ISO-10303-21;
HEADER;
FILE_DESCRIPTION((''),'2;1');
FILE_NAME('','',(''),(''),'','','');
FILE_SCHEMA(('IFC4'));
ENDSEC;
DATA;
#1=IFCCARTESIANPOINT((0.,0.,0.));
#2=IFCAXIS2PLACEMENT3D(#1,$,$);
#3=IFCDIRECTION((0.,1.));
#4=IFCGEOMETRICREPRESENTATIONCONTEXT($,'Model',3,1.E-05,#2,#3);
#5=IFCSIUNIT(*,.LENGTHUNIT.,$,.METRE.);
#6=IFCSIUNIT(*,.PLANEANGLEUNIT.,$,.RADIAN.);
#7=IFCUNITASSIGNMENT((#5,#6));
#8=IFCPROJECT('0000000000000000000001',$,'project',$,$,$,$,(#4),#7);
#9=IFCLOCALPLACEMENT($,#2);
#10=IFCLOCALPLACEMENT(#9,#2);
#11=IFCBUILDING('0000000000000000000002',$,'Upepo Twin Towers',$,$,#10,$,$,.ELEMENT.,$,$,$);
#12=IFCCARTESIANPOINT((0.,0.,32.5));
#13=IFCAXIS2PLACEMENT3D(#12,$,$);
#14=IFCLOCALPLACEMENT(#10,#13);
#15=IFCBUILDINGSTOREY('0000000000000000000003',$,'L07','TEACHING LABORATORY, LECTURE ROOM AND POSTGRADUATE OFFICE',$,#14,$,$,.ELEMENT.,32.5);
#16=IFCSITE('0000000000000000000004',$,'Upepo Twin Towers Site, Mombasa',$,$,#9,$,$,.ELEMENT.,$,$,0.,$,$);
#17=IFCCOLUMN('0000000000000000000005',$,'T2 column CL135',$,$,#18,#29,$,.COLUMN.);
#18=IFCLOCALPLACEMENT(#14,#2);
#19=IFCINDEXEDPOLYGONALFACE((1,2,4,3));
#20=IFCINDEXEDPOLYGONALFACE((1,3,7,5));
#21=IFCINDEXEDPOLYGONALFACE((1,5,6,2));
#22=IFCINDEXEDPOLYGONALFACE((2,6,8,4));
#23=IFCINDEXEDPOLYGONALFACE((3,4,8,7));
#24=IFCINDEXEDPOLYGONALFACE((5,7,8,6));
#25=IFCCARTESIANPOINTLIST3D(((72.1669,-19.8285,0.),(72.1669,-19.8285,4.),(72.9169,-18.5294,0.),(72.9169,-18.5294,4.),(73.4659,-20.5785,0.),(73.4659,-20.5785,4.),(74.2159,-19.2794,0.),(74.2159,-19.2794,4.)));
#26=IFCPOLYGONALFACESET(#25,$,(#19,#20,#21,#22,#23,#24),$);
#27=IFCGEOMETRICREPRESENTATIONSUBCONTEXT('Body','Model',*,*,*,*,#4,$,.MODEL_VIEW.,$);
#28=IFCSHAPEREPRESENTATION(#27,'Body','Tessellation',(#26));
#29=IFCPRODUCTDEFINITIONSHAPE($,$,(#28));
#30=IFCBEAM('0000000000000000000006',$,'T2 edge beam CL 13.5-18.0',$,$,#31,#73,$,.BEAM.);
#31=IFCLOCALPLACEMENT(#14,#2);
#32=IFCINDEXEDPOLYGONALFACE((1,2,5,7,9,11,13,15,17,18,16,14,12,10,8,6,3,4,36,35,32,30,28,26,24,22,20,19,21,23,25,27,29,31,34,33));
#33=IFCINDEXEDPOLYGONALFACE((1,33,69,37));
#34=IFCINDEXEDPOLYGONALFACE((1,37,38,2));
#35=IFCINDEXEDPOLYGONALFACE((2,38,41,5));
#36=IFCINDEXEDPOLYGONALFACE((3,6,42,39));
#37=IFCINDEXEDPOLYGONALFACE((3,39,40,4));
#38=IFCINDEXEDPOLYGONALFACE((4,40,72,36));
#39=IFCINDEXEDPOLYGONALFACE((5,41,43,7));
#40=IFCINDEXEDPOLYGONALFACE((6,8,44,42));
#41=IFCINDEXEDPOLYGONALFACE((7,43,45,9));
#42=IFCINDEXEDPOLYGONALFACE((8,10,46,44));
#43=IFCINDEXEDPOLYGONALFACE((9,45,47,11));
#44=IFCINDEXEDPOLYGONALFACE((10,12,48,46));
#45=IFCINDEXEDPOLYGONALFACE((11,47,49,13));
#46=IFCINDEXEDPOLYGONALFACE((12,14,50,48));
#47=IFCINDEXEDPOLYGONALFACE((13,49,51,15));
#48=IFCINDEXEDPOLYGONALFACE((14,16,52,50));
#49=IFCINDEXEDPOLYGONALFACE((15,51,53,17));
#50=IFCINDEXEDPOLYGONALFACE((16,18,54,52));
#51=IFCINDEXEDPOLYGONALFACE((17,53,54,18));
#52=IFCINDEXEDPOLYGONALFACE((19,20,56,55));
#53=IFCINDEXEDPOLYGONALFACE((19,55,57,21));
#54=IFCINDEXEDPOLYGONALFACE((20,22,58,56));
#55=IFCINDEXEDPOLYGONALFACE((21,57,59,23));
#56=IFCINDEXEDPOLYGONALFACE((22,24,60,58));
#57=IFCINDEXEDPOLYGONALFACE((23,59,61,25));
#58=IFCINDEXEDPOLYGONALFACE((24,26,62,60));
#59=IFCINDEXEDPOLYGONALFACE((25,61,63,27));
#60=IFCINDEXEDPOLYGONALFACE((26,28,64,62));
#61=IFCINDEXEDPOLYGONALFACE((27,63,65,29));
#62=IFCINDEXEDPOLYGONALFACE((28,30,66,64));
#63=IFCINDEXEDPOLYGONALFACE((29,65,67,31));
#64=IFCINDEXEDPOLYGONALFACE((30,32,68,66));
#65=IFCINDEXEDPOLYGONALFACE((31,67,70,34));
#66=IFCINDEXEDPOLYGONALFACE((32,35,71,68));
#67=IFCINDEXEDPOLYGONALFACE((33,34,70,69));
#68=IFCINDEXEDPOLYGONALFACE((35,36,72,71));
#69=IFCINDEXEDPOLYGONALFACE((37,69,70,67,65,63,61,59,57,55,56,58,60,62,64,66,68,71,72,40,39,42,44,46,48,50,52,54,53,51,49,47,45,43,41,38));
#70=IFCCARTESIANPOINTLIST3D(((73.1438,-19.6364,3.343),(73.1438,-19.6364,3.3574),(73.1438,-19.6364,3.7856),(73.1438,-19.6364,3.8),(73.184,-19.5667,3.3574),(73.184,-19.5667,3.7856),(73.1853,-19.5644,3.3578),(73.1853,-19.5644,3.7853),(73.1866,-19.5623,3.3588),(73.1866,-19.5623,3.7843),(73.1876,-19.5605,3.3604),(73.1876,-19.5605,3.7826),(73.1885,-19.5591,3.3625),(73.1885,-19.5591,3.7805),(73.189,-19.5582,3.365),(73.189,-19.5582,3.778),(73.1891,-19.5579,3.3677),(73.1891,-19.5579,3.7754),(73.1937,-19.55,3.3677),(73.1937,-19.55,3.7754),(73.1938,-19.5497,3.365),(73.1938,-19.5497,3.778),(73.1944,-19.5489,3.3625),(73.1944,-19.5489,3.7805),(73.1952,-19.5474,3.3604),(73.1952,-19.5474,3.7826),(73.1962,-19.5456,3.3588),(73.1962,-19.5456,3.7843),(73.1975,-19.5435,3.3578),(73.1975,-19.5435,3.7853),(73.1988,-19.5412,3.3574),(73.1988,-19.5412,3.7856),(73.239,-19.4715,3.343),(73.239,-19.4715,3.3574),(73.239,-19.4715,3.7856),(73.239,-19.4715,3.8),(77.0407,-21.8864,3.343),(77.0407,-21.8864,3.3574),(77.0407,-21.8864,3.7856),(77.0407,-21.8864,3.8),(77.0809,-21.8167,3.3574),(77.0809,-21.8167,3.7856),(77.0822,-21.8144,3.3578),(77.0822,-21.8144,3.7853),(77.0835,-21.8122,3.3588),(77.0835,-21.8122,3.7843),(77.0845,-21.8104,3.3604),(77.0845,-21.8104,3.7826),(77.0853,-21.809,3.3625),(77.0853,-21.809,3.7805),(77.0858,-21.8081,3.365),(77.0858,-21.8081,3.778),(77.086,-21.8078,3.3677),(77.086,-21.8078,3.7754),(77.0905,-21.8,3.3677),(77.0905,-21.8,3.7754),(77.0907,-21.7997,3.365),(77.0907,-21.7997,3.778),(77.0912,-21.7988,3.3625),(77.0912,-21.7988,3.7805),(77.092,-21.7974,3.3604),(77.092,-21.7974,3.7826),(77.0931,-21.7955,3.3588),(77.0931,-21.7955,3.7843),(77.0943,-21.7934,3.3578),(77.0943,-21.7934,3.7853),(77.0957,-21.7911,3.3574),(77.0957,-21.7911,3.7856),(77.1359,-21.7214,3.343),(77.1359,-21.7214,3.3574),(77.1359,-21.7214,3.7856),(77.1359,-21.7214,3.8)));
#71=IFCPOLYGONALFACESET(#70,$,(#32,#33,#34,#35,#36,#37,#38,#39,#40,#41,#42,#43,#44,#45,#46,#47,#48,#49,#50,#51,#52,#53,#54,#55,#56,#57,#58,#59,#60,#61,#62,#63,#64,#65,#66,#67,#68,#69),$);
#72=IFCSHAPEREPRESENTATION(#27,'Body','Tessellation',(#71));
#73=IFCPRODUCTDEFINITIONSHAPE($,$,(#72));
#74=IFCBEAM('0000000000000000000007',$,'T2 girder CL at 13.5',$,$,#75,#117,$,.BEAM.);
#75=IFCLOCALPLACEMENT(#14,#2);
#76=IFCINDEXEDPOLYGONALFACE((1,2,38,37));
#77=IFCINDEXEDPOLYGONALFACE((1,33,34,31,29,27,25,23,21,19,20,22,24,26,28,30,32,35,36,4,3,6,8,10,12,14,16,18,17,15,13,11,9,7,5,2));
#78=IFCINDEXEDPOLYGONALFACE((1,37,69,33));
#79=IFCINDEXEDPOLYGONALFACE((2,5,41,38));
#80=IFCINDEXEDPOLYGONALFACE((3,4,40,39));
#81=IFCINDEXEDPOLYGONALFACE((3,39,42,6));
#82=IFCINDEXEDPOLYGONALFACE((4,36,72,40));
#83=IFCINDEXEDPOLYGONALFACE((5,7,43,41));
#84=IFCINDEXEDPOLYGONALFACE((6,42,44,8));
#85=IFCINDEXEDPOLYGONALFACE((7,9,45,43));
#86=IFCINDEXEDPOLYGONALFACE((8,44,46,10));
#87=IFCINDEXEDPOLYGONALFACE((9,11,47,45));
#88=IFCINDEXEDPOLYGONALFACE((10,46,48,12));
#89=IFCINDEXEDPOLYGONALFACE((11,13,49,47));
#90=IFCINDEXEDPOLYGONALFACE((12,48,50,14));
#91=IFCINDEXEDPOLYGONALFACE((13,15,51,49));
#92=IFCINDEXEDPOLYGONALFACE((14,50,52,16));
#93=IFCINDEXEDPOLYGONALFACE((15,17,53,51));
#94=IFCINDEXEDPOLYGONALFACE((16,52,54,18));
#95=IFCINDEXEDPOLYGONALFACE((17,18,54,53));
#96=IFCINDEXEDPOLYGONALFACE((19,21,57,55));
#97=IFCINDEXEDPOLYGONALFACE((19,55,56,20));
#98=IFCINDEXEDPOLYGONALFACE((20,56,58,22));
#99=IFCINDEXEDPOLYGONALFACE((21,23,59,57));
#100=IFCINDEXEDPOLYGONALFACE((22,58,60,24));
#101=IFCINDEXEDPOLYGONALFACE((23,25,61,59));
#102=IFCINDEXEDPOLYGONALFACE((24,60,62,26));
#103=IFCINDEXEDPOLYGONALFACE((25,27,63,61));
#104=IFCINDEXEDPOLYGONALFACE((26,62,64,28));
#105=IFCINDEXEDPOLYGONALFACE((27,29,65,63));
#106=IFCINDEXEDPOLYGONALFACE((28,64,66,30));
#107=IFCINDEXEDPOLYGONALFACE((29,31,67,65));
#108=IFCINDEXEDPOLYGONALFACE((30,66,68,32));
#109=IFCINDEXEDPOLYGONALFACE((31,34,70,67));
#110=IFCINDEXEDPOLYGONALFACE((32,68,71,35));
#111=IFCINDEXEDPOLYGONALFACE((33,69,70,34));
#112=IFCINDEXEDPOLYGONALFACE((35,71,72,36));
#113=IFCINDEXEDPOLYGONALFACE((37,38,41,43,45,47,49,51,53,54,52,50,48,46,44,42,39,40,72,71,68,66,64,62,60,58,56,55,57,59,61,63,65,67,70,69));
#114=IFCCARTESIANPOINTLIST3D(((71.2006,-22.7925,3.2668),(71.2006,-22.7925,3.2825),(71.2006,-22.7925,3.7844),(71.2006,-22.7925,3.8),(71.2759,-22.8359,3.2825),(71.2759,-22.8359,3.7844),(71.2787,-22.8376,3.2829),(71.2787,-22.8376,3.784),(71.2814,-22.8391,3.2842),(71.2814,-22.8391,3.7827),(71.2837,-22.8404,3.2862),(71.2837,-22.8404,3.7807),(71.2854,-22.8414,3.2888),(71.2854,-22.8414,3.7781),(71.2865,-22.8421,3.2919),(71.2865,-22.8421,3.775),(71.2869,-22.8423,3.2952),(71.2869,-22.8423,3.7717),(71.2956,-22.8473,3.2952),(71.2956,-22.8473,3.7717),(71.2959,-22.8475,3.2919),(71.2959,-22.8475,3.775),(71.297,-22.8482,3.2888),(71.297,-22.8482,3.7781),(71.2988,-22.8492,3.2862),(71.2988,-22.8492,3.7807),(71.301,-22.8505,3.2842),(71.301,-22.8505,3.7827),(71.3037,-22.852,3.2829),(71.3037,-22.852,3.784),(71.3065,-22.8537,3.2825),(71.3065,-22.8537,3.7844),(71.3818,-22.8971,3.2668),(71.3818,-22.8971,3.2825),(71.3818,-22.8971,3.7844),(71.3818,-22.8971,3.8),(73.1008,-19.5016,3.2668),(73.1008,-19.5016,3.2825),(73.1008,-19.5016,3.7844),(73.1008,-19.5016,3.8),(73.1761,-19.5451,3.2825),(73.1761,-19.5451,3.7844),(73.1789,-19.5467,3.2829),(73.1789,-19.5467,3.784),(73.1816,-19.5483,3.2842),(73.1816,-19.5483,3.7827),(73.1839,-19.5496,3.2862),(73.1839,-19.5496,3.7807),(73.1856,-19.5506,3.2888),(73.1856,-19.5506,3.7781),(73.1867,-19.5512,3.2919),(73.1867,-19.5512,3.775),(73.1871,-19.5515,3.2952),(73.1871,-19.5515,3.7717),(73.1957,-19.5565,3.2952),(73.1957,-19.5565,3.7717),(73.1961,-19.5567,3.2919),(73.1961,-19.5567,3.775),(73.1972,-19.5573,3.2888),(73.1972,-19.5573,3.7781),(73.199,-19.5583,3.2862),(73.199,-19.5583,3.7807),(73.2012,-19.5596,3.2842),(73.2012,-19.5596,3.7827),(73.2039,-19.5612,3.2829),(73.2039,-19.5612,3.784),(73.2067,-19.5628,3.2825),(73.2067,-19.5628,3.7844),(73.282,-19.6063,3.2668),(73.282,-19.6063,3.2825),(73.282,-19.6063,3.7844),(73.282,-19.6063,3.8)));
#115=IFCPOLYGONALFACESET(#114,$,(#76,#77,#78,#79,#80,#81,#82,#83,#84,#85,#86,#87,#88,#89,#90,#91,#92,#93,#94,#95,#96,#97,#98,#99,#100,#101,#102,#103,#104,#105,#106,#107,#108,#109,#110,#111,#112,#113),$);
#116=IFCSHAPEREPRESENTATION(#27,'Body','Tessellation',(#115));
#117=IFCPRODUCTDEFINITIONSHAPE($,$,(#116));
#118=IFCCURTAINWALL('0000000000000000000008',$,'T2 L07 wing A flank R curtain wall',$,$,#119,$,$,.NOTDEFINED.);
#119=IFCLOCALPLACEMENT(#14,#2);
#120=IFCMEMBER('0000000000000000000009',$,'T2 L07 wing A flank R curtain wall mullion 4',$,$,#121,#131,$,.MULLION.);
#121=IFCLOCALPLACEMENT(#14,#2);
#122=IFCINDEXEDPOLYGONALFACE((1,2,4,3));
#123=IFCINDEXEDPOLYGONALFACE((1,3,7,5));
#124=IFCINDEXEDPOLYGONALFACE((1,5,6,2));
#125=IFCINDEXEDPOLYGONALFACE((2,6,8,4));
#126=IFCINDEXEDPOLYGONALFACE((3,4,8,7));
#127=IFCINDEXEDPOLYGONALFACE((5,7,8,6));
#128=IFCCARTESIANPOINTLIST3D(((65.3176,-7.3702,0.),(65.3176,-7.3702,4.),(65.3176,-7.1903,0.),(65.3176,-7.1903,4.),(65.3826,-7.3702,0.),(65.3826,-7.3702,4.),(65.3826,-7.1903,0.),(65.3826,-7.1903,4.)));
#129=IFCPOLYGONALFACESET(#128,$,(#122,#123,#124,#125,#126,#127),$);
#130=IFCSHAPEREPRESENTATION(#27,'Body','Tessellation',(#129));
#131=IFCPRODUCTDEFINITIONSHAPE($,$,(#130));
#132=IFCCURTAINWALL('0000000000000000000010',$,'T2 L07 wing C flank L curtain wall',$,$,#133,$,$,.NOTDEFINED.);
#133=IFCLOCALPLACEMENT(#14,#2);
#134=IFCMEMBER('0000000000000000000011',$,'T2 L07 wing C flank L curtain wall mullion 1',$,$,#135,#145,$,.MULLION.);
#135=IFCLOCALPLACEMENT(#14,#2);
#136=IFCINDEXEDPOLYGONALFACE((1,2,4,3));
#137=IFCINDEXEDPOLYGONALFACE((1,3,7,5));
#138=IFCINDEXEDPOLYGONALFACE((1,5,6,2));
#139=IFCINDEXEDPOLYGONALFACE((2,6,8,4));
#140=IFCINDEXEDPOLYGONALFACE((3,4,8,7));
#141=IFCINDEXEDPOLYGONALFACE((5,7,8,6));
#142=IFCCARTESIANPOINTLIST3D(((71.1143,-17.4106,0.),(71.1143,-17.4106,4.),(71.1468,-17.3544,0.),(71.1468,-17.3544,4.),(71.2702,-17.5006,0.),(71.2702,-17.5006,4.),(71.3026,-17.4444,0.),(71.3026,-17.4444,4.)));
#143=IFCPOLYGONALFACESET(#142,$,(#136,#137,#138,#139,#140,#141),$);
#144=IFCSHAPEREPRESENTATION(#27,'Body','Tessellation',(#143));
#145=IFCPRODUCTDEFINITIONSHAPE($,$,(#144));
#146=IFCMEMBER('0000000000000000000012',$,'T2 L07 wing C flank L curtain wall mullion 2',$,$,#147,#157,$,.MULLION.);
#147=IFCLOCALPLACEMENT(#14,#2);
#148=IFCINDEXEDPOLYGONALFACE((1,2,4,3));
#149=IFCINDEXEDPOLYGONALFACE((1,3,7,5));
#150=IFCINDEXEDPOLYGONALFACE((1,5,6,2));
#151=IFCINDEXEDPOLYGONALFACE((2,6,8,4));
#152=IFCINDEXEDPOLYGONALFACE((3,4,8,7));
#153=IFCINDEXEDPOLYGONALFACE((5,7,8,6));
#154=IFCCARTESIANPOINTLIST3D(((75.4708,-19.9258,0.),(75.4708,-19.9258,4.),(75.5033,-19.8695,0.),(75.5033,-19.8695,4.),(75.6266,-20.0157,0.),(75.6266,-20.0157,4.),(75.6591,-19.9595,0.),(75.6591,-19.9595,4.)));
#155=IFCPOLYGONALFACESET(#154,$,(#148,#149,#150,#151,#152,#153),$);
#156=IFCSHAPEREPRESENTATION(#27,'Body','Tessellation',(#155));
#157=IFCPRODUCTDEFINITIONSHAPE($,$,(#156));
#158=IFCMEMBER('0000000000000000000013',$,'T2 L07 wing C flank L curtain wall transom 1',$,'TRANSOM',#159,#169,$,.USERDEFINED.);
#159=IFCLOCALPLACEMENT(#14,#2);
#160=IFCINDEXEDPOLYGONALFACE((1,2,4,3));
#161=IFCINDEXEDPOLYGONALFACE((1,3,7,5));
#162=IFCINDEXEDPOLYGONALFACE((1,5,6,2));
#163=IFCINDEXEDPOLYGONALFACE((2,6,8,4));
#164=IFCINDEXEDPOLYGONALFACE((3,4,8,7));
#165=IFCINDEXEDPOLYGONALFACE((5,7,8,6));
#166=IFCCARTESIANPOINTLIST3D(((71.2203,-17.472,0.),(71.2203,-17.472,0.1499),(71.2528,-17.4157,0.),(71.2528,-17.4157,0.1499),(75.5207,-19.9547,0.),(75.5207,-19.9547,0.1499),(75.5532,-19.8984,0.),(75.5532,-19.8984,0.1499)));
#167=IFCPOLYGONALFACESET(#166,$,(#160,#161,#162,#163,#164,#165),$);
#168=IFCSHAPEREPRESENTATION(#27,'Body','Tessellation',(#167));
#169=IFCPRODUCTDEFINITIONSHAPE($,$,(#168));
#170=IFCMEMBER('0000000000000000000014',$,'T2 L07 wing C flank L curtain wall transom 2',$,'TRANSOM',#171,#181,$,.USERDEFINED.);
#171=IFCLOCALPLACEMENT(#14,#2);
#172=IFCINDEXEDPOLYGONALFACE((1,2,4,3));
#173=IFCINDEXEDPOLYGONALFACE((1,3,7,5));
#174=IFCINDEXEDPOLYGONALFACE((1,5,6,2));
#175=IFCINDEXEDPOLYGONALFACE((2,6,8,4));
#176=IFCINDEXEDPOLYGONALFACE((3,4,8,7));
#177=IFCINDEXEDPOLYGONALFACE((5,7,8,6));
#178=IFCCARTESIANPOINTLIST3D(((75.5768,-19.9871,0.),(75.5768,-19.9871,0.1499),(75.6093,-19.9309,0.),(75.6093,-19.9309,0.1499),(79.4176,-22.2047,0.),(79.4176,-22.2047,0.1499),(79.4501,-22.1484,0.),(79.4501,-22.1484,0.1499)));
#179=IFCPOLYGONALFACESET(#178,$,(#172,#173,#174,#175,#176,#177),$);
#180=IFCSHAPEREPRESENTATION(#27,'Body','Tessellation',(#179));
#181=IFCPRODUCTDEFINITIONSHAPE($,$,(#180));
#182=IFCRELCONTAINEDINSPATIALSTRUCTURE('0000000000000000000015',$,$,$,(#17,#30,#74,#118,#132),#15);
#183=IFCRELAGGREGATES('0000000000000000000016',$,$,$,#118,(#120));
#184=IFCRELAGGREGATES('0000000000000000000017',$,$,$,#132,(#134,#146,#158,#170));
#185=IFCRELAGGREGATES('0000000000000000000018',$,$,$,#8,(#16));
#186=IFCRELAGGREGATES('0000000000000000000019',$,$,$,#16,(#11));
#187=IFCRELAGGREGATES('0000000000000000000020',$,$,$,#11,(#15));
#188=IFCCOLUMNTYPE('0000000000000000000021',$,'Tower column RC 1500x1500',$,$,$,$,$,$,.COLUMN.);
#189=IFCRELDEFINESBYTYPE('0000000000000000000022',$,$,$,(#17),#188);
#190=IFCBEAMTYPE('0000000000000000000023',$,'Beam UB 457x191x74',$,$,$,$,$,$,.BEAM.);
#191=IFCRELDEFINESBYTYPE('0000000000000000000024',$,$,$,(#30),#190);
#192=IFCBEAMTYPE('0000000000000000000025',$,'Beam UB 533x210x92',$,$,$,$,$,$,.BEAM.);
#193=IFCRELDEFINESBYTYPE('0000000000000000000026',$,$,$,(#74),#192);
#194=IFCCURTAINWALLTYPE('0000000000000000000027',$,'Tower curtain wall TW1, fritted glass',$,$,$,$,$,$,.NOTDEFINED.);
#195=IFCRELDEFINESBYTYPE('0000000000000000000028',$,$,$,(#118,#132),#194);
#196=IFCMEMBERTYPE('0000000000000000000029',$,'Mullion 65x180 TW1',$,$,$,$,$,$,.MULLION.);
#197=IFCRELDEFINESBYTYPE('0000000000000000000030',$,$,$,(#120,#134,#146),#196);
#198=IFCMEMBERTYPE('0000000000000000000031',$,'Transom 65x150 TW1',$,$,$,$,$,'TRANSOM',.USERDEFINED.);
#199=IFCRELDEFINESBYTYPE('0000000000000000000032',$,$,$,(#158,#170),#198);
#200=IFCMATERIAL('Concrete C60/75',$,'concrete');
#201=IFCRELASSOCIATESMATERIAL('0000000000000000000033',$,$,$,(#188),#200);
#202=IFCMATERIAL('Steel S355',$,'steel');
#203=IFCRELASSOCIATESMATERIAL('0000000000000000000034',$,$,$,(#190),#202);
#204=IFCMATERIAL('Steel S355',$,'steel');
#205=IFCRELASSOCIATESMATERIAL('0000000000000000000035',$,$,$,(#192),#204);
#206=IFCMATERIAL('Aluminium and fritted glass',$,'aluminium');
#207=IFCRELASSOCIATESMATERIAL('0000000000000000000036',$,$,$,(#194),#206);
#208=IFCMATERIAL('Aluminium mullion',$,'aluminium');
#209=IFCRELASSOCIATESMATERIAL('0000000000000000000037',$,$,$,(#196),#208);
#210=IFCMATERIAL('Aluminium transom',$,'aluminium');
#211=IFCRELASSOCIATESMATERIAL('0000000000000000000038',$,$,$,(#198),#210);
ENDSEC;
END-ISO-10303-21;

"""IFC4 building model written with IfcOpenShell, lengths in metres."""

from ifc_helpers import new_model, si_unit, direction, frame, origin, origin_2d, place, context, subcontext, project, spatial, rectangle, i_section, extrude, material, material_profile, profile_set, type_object, element, aggregate, save


model = new_model("IFC4")

# Units and contexts
model_context = context("Model", 3, precision=1e-05, world=origin(), true_north=direction((0.0, 1.0)))
body_context = subcontext(model_context, "Body", "Model", "MODEL_VIEW")
ifc_project = project(units=[si_unit("LENGTHUNIT", "METRE"), si_unit("PLANEANGLEUNIT", "RADIAN")], contexts=[model_context])

# Site, building, storey
site_placement = place(None, origin())
site = spatial("IfcSite", under=ifc_project, at=site_placement, Name="Upepo Twin Towers Site, Mombasa", CompositionType="ELEMENT", RefElevation=0.0)
building_placement = place(site_placement, origin())
building = spatial("IfcBuilding", under=site, at=building_placement, Name="Upepo Twin Towers", CompositionType="ELEMENT")
storey_placement = place(building_placement, frame((0.0, 0.0, 32.5)))
storey = spatial("IfcBuildingStorey", under=building, at=storey_placement, Name="L07", Description="TEACHING LABORATORY, LECTURE ROOM AND POSTGRADUATE OFFICE", CompositionType="ELEMENT", Elevation=32.5)

# Column
ifc_material_1 = material(Name="Concrete C60/75", Category="concrete")
ifc_material_profile_1 = material_profile(ifc_material_1, rectangle(XDim=1.5, YDim=1.5, at=origin_2d()), Name="RC 1500x1500")
ifc_profile_set_1 = profile_set([ifc_material_profile_1], Name="Concrete C60/75")
column_type = type_object("IfcColumnType", Name="Tower column RC 1500x1500", PredefinedType="COLUMN", material=ifc_profile_set_1)
column_placement = place(storey_placement, frame((73.1914, -19.554, 0.0), z_axis=(0.0, 0.0, 1.0), x_axis=(0.5, 0.866025, 0.0)))
element("IfcColumn", 1, at=column_placement, inside=storey, type_object=column_type, Name="T2 column CL135", PredefinedType="COLUMN", context=body_context, shape_type="SweptSolid", body=[
    extrude(rectangle(XDim=1.5, YDim=1.5, at=origin_2d()), origin(), (0.0, 0.0, 1.0), 4.0),
])

# Beams
ifc_material_2 = material(Name="Steel S355", Category="steel")
ifc_material_profile_2 = material_profile(ifc_material_2, i_section(OverallWidth=0.1904, OverallDepth=0.457, WebThickness=0.009, FlangeThickness=0.0144, FilletRadius=0.0103, at=origin_2d()), Name="UB 457x191x74")
ifc_profile_set_2 = profile_set([ifc_material_profile_2], Name="Steel S355")
beam_type_1 = type_object("IfcBeamType", Name="Beam UB 457x191x74", PredefinedType="BEAM", material=ifc_profile_set_2)
beam_1_placement = place(storey_placement, frame((73.1914, -19.554, 3.5715), z_axis=(0.866018, -0.500014, 0.0), x_axis=(0.500014, 0.866018, 0.0)))
element("IfcBeam", 2, at=beam_1_placement, inside=storey, type_object=beam_type_1, Name="T2 edge beam CL 13.5-18.0", PredefinedType="BEAM", context=body_context, shape_type="SweptSolid", body=[
    extrude(i_section(OverallWidth=0.1904, OverallDepth=0.457, WebThickness=0.009, FlangeThickness=0.0144, FilletRadius=0.0103, at=origin_2d()), origin(), (0.0, 0.0, 1.0), 4.4998),
])
ifc_material_3 = material(Name="Steel S355", Category="steel")
ifc_material_profile_3 = material_profile(ifc_material_3, i_section(OverallWidth=0.2092, OverallDepth=0.5332, WebThickness=0.01, FlangeThickness=0.0156, FilletRadius=0.0127, at=origin_2d()), Name="UB 533x210x92")
ifc_profile_set_3 = profile_set([ifc_material_profile_3], Name="Steel S355")
beam_type_2 = type_object("IfcBeamType", Name="Beam UB 533x210x92", PredefinedType="BEAM", material=ifc_profile_set_3)
beam_2_placement = place(storey_placement, frame((73.1914, -19.554, 3.5334), z_axis=(-0.500043, -0.866, 0.0), x_axis=(0.866, -0.500043, 0.0)))
element("IfcBeam", 3, at=beam_2_placement, inside=storey, type_object=beam_type_2, Name="T2 girder CL at 13.5", PredefinedType="BEAM", context=body_context, shape_type="SweptSolid", body=[
    extrude(i_section(OverallWidth=0.2092, OverallDepth=0.5332, WebThickness=0.01, FlangeThickness=0.0156, FilletRadius=0.0127, at=origin_2d()), origin(), (0.0, 0.0, 1.0), 3.8),
])

# Curtain wall, member
ifc_material_4 = material(Name="Aluminium and fritted glass", Category="aluminium")
curtain_wall_type = type_object("IfcCurtainWallType", Name="Tower curtain wall TW1, fritted glass", PredefinedType="NOTDEFINED", material=ifc_material_4)
curtain_wall_1_placement = place(storey_placement, origin())
curtain_wall_1 = element("IfcCurtainWall", 4, at=curtain_wall_1_placement, inside=storey, type_object=curtain_wall_type, Name="T2 L07 wing A flank R curtain wall", PredefinedType="NOTDEFINED")
ifc_material_5 = material(Name="Aluminium mullion", Category="aluminium")
ifc_material_profile_4 = material_profile(ifc_material_5, rectangle(XDim=0.0649, YDim=0.1799, at=origin_2d()), Name="MULLION 65x180")
ifc_profile_set_4 = profile_set([ifc_material_profile_4], Name="Aluminium mullion")
member_type_1 = type_object("IfcMemberType", Name="Mullion 65x180 TW1", PredefinedType="MULLION", material=ifc_profile_set_4)
member_1_placement = place(storey_placement, frame((65.3501, -7.2803, 0.0), z_axis=(0.0, 0.0, 1.0), x_axis=(1.0, 0.0, 0.0)))
member_1 = element("IfcMember", 5, at=member_1_placement, type_object=member_type_1, Name="T2 L07 wing A flank R curtain wall mullion 4", PredefinedType="MULLION", context=body_context, shape_type="SweptSolid", body=[
    extrude(rectangle(XDim=0.0649, YDim=0.1799, at=origin_2d()), origin(), (0.0, 0.0, 1.0), 4.0),
])

# Curtain wall, members
curtain_wall_2_placement = place(storey_placement, origin())
curtain_wall_2 = element("IfcCurtainWall", 6, at=curtain_wall_2_placement, inside=storey, type_object=curtain_wall_type, Name="T2 L07 wing C flank L curtain wall", PredefinedType="NOTDEFINED")
member_2_placement = place(storey_placement, frame((71.2085, -17.4275, 0.0), z_axis=(0.0, 0.0, 1.0), x_axis=(0.5, 0.866025, 0.0)))
member_2 = element("IfcMember", 7, at=member_2_placement, type_object=member_type_1, Name="T2 L07 wing C flank L curtain wall mullion 1", PredefinedType="MULLION", context=body_context, shape_type="SweptSolid", body=[
    extrude(rectangle(XDim=0.0649, YDim=0.1799, at=origin_2d()), origin(), (0.0, 0.0, 1.0), 4.0),
])
member_3_placement = place(storey_placement, frame((75.5649, -19.9426, 0.0), z_axis=(0.0, 0.0, 1.0), x_axis=(0.5, 0.866025, 0.0)))
member_3 = element("IfcMember", 8, at=member_3_placement, type_object=member_type_1, Name="T2 L07 wing C flank L curtain wall mullion 2", PredefinedType="MULLION", context=body_context, shape_type="SweptSolid", body=[
    extrude(rectangle(XDim=0.0649, YDim=0.1799, at=origin_2d()), origin(), (0.0, 0.0, 1.0), 4.0),
])
ifc_material_6 = material(Name="Aluminium transom", Category="aluminium")
ifc_material_profile_5 = material_profile(ifc_material_6, rectangle(XDim=0.0649, YDim=0.1499, at=origin_2d()), Name="TRANSOM 65x150")
ifc_profile_set_5 = profile_set([ifc_material_profile_5], Name="Aluminium transom")
member_type_2 = type_object("IfcMemberType", Name="Transom 65x150 TW1", ElementType="TRANSOM", PredefinedType="USERDEFINED", material=ifc_profile_set_5)
member_4_placement = place(storey_placement, frame((71.2366, -17.4438, 0.075), z_axis=(0.866035, -0.499983, 0.0), x_axis=(0.499983, 0.866035, 0.0)))
member_4 = element("IfcMember", 9, at=member_4_placement, type_object=member_type_2, Name="T2 L07 wing C flank L curtain wall transom 1", ObjectType="TRANSOM", PredefinedType="USERDEFINED", context=body_context, shape_type="SweptSolid", body=[
    extrude(rectangle(XDim=0.0649, YDim=0.1499, at=origin_2d()), origin(), (0.0, 0.0, 1.0), 4.9656),
])
member_5_placement = place(storey_placement, frame((75.593, -19.959, 0.075), z_axis=(0.866022, -0.500005, 0.0), x_axis=(0.500005, 0.866022, 0.0)))
member_5 = element("IfcMember", 10, at=member_5_placement, type_object=member_type_2, Name="T2 L07 wing C flank L curtain wall transom 2", ObjectType="TRANSOM", PredefinedType="USERDEFINED", context=body_context, shape_type="SweptSolid", body=[
    extrude(rectangle(XDim=0.0649, YDim=0.1499, at=origin_2d()), origin(), (0.0, 0.0, 1.0), 4.4351),
])

aggregate(curtain_wall_1, [member_1])
aggregate(curtain_wall_2, [member_2, member_3, member_4, member_5])

save(model, "model.ifc")
